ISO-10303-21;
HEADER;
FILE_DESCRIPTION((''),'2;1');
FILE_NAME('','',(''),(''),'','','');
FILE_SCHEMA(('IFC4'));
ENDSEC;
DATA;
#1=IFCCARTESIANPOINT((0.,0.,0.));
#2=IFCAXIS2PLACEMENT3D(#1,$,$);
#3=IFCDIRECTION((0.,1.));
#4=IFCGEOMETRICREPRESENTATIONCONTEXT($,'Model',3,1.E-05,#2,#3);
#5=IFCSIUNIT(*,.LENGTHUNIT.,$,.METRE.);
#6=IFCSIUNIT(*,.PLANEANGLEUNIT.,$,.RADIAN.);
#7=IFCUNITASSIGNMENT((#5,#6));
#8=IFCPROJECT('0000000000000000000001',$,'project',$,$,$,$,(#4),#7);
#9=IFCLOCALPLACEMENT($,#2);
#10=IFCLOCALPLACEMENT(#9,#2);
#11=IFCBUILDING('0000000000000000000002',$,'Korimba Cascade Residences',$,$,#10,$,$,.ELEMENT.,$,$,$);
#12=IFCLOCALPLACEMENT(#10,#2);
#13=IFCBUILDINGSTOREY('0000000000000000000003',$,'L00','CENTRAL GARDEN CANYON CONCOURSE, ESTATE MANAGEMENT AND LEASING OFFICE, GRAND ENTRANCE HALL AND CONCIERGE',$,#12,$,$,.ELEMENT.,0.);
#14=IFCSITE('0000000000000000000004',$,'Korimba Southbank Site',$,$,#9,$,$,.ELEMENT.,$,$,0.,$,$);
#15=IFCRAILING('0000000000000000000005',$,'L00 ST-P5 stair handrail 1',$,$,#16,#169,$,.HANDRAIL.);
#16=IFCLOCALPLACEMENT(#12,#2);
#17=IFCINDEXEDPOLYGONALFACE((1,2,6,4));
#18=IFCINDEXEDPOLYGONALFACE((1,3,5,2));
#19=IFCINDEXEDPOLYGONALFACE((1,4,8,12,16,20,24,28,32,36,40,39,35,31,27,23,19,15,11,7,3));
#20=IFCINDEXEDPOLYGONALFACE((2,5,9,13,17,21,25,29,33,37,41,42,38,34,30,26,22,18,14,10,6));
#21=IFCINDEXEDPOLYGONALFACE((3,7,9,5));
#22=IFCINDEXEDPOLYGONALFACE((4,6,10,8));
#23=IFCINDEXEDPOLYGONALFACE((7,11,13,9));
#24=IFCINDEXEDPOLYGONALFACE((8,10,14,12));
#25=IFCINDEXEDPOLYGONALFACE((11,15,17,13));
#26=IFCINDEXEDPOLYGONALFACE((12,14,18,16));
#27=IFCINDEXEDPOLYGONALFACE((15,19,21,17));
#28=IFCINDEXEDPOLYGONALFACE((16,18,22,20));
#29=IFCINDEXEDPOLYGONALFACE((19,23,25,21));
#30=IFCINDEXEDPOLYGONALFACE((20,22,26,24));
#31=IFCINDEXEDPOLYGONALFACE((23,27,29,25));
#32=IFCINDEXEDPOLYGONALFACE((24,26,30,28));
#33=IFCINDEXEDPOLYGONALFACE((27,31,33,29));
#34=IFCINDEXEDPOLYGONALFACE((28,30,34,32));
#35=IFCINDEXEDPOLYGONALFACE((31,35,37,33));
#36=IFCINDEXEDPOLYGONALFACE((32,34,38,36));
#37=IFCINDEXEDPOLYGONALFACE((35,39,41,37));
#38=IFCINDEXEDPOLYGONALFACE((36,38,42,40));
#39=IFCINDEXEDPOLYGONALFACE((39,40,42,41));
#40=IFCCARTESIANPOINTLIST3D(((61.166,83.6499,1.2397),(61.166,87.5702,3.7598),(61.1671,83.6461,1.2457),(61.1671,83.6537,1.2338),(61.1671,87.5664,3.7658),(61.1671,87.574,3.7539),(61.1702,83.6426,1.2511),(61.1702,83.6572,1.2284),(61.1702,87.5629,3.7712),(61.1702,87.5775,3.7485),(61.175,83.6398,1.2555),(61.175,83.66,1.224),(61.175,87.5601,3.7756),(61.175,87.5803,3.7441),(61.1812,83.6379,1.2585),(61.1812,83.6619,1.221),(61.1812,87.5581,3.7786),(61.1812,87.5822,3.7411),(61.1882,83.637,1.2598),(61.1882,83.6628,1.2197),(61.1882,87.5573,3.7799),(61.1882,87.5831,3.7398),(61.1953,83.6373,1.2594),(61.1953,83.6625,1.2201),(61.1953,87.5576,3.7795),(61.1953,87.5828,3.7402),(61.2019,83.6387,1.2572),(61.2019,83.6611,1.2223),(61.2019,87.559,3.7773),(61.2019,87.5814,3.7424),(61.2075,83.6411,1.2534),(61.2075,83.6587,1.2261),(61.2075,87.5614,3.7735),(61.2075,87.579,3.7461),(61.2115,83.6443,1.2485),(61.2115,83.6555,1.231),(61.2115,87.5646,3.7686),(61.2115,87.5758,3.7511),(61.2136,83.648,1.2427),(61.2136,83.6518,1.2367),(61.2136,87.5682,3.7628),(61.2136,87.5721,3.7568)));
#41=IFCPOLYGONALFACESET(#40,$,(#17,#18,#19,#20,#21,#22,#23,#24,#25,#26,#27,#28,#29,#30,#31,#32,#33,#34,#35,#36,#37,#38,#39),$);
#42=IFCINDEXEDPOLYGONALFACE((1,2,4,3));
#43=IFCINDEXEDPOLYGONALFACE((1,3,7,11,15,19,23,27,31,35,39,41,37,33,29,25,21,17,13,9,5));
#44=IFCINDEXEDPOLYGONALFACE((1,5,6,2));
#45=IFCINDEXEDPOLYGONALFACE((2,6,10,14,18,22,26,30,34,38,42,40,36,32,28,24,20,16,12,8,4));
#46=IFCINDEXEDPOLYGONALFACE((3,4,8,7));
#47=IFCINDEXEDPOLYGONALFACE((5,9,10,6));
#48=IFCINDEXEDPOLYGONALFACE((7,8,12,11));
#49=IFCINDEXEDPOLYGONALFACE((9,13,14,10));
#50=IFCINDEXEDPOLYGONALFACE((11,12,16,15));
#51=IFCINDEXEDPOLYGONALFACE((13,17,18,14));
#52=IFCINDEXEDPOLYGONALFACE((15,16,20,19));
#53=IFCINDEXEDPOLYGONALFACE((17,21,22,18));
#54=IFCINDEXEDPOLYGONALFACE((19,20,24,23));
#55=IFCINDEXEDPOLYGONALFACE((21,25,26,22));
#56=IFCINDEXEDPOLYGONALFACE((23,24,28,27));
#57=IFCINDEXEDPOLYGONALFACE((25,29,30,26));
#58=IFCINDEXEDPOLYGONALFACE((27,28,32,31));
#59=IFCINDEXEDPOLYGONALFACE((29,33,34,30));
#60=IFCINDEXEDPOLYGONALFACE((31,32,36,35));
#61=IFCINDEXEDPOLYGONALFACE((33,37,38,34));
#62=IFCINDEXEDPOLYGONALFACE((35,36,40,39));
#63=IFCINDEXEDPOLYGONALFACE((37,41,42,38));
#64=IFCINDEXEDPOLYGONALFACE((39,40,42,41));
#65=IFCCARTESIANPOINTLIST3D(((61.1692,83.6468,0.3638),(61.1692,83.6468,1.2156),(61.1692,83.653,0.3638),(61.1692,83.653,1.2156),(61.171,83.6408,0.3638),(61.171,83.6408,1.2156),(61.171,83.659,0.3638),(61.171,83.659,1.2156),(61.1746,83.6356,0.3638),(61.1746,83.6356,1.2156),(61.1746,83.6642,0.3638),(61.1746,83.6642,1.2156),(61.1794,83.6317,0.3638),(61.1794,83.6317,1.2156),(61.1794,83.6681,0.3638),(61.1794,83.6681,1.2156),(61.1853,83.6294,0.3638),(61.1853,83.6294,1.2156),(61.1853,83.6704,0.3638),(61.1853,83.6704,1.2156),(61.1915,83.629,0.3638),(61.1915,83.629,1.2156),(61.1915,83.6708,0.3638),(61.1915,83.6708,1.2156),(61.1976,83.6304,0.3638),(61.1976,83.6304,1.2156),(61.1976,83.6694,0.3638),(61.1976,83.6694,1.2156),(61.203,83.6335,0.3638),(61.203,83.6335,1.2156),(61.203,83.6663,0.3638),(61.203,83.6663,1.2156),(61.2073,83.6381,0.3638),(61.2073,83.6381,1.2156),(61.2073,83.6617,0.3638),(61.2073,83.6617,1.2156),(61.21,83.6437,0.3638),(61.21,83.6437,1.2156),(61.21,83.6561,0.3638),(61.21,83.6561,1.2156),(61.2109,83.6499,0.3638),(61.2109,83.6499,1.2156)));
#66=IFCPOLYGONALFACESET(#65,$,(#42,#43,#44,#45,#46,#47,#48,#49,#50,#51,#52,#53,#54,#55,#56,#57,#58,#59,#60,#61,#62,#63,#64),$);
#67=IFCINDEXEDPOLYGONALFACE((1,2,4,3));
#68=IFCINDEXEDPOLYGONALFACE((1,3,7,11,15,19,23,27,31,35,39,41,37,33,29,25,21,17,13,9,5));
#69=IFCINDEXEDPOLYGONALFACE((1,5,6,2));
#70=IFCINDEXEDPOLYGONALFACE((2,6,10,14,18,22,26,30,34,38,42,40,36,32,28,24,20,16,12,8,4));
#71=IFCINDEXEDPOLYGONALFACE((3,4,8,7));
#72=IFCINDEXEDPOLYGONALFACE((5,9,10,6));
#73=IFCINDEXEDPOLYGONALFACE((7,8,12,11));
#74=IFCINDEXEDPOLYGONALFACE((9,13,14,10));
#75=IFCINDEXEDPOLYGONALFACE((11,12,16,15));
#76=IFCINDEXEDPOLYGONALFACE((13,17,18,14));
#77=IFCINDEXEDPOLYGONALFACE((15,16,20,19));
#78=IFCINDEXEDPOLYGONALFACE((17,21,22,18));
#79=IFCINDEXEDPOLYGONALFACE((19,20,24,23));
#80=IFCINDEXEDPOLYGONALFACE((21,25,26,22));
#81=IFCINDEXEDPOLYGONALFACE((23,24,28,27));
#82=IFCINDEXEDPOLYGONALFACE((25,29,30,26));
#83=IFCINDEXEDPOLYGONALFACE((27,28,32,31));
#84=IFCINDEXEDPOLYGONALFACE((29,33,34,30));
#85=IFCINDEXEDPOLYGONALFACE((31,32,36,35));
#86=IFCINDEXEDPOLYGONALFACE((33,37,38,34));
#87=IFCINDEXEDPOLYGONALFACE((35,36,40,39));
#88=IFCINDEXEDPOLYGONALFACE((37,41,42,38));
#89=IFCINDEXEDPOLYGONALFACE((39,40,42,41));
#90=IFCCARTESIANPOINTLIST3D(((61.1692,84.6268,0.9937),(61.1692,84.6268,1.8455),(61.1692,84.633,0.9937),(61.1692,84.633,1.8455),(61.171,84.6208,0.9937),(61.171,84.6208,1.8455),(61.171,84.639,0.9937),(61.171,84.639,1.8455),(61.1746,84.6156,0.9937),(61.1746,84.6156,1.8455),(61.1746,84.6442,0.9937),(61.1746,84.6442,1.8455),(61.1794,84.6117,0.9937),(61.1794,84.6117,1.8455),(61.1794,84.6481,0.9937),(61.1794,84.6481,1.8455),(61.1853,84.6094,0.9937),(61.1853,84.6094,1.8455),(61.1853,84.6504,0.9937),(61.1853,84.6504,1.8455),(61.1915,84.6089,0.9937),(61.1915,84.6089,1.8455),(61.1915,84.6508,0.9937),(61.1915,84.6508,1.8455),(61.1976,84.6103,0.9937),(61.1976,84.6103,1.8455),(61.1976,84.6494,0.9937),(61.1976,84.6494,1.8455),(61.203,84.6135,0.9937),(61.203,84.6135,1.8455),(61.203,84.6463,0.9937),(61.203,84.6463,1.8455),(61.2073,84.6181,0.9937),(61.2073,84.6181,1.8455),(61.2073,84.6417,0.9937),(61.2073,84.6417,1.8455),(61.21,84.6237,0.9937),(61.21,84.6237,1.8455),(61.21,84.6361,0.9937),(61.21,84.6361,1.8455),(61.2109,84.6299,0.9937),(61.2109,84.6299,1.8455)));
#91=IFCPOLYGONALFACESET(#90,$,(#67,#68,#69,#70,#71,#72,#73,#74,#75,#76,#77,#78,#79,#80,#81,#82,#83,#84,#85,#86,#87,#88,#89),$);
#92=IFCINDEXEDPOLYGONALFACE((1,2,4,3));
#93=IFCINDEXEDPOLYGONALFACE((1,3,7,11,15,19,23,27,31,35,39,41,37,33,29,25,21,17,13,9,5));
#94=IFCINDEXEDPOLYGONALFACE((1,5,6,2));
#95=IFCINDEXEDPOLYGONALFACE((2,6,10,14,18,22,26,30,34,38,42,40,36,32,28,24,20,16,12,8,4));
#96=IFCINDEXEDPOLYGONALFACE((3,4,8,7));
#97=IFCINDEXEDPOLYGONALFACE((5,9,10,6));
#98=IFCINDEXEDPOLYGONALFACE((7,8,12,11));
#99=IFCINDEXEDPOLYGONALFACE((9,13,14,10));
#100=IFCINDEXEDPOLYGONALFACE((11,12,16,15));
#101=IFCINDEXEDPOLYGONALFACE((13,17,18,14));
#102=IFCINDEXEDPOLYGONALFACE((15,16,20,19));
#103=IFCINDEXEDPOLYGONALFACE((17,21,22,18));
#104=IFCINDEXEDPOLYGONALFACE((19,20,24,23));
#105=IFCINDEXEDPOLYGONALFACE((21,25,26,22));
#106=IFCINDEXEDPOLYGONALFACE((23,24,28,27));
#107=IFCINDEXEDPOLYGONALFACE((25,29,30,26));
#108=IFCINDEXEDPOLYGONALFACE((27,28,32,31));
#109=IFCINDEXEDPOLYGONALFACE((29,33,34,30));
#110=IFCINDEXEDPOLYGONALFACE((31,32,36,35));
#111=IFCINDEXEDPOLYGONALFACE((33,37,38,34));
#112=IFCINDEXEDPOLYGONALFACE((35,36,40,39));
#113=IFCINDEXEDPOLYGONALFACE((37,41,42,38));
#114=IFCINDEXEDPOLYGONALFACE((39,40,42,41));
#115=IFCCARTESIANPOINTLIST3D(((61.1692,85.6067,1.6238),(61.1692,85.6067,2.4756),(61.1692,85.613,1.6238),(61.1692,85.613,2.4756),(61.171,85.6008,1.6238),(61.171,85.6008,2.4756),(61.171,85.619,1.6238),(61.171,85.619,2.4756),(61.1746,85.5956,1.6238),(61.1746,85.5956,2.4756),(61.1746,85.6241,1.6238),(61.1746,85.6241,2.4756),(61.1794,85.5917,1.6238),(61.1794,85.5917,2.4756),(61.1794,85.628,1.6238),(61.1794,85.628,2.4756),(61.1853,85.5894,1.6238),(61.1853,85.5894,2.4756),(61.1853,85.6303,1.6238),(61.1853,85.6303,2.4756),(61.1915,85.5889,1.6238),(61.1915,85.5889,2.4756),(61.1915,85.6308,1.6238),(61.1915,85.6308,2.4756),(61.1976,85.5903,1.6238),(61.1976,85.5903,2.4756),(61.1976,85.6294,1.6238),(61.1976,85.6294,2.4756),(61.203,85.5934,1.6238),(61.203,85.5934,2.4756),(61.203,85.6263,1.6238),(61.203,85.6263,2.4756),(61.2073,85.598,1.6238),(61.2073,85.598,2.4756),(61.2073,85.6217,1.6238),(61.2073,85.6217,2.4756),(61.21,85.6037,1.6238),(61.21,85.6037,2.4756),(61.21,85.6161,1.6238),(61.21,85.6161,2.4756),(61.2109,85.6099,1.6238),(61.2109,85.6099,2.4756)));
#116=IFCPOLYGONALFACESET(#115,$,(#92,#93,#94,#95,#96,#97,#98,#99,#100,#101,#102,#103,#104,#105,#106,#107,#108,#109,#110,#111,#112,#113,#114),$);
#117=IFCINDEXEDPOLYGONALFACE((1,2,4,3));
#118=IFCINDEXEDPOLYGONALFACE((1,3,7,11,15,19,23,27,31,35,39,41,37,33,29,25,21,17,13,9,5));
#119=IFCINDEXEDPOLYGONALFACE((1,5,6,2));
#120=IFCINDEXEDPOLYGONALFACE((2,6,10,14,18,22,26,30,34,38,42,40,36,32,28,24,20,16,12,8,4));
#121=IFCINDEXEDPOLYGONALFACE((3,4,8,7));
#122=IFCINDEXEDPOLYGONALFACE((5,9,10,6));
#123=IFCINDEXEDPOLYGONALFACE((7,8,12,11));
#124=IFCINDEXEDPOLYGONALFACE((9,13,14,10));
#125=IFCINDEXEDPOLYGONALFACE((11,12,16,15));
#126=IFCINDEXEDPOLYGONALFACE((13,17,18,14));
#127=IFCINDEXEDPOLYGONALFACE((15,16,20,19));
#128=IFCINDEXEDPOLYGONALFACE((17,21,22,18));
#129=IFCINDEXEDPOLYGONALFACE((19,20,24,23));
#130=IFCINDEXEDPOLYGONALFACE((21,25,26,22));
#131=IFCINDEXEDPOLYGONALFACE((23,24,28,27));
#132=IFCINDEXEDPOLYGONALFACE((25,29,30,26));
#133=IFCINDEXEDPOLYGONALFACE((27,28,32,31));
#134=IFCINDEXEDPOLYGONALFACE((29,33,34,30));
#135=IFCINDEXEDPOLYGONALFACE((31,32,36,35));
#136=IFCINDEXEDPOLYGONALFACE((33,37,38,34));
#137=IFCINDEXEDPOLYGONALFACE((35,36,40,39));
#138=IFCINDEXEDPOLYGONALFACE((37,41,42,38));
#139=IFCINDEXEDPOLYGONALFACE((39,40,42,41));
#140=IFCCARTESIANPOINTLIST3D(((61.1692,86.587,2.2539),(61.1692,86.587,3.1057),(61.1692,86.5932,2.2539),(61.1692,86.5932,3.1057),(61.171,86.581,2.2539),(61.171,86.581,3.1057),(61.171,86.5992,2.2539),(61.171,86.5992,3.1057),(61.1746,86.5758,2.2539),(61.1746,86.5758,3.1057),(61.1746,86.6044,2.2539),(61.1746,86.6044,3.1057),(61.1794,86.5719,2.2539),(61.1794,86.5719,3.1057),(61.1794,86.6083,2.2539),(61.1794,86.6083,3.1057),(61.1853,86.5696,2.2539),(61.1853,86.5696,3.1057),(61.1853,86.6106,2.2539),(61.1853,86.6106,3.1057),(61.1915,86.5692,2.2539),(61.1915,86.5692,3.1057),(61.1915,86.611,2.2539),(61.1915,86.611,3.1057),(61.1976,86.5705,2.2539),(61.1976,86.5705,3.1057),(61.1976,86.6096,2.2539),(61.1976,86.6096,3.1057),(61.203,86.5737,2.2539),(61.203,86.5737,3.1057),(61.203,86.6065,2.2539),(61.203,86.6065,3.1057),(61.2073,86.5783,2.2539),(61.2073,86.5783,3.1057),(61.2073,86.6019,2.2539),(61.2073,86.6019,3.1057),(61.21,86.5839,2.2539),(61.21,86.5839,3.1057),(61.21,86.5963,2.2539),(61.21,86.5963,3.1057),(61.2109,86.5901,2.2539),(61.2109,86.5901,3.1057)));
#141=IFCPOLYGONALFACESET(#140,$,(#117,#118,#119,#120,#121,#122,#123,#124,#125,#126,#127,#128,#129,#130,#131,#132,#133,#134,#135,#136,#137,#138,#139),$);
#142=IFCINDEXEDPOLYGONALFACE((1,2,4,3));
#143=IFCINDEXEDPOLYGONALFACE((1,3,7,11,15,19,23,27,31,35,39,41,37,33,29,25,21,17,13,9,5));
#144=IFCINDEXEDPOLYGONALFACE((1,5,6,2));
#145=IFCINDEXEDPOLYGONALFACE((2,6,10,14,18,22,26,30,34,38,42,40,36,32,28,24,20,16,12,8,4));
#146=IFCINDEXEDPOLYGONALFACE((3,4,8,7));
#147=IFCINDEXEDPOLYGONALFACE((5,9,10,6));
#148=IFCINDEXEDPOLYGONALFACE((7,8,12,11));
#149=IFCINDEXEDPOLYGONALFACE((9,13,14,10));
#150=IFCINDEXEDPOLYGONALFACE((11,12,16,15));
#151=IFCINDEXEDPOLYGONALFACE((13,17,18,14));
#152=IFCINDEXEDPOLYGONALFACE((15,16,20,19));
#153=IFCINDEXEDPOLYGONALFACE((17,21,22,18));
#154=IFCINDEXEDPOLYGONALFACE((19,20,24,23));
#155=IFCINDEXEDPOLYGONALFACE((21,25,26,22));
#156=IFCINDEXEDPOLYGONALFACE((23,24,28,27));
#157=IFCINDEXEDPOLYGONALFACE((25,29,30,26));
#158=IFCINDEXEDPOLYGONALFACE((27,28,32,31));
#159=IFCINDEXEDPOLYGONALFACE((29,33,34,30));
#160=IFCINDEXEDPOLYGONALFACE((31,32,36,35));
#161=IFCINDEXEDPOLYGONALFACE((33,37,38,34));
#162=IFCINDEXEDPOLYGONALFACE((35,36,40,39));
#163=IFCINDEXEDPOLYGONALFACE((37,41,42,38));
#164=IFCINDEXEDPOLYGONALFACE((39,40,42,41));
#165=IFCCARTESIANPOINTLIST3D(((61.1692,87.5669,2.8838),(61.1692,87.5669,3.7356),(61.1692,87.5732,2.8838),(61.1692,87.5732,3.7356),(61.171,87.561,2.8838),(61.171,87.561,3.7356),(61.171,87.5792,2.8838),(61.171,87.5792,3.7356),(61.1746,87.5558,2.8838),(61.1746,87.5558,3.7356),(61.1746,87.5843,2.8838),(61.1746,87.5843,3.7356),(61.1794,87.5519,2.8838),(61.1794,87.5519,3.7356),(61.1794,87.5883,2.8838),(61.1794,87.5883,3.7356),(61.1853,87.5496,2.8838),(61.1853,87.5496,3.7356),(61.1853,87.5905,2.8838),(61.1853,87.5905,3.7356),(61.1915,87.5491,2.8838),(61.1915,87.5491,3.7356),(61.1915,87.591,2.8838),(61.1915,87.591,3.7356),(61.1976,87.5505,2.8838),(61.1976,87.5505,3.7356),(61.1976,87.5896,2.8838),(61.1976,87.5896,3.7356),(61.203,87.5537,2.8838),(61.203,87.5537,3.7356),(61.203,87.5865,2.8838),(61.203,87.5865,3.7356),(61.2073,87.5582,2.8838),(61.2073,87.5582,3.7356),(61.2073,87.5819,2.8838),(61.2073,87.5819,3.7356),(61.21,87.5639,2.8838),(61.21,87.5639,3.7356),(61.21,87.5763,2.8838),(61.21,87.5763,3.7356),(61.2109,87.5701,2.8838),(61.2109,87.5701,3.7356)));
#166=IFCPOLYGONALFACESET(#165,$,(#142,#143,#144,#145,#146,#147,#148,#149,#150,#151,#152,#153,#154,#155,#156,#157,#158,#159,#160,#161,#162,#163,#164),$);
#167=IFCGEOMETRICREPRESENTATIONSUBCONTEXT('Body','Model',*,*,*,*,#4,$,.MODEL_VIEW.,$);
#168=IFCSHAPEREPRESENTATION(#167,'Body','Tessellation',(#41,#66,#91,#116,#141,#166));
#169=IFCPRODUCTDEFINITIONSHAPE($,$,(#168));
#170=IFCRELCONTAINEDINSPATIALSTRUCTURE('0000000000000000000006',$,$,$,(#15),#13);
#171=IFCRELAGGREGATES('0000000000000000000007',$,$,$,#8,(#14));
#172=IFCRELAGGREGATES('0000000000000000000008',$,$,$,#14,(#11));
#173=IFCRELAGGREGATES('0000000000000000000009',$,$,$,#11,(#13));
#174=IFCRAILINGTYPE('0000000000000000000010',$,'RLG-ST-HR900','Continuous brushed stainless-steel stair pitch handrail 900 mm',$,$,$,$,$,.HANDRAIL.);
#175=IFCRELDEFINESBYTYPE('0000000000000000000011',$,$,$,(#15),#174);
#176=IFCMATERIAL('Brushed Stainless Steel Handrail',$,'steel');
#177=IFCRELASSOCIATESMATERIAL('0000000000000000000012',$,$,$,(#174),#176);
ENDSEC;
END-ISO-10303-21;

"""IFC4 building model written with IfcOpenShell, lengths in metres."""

from ifc_helpers import new_model, si_unit, direction, frame, origin, origin_2d, place, context, subcontext, project, spatial, circle, extrude, material, type_object, element, save


model = new_model("IFC4")

# Units and contexts
model_context = context("Model", 3, precision=1e-05, world=origin(), true_north=direction((0.0, 1.0)))
body_context = subcontext(model_context, "Body", "Model", "MODEL_VIEW")
ifc_project = project(units=[si_unit("LENGTHUNIT", "METRE"), si_unit("PLANEANGLEUNIT", "RADIAN")], contexts=[model_context])

# Site, building, storey
site_placement = place(None, origin())
site = spatial("IfcSite", under=ifc_project, at=site_placement, Name="Korimba Southbank Site", CompositionType="ELEMENT", RefElevation=0.0)
building_placement = place(site_placement, origin())
building = spatial("IfcBuilding", under=site, at=building_placement, Name="Korimba Cascade Residences", CompositionType="ELEMENT")
storey_placement = place(building_placement, origin())
storey = spatial("IfcBuildingStorey", under=building, at=storey_placement, Name="L00", Description="CENTRAL GARDEN CANYON CONCOURSE, ESTATE MANAGEMENT AND LEASING OFFICE, GRAND ENTRANCE HALL AND CONCIERGE", CompositionType="ELEMENT", Elevation=0.0)

# Railing
ifc_material_1 = material(Name="Brushed Stainless Steel Handrail", Category="steel")
railing_type_1 = type_object("IfcRailingType", Name="RLG-ST-HR900", Description="Continuous brushed stainless-steel stair pitch handrail 900 mm", PredefinedType="HANDRAIL", material=ifc_material_1)
railing_1_placement = place(storey_placement, frame((61.1899, 83.6499, 0.3638)))
element("IfcRailing", 1, at=railing_1_placement, inside=storey, type_object=railing_type_1, Name="L00 ST-P5 stair handrail 1", PredefinedType="HANDRAIL", context=body_context, shape_type="SweptSolid", body=[
    extrude(circle(Radius=0.0239, at=origin_2d()), frame((0.0, 0.0, 0.876), z_axis=(0.0, 0.841187, 0.540744), x_axis=(-1.0, 0.0, 0.0)), (0.0, 0.0, 1.0), 4.6604),
    extrude(circle(Radius=0.021, at=origin_2d()), origin(), (0.0, 0.0, 1.0), 0.8518),
    extrude(circle(Radius=0.021, at=origin_2d()), frame((0.0, 0.98, 0.6299)), (0.0, 0.0, 1.0), 0.8518),
    extrude(circle(Radius=0.021, at=origin_2d()), frame((0.0, 1.96, 1.26)), (0.0, 0.0, 1.0), 0.8518),
    extrude(circle(Radius=0.021, at=origin_2d()), frame((0.0, 2.9402, 1.8901)), (0.0, 0.0, 1.0), 0.8518),
    extrude(circle(Radius=0.021, at=origin_2d()), frame((0.0, 3.9202, 2.52)), (0.0, 0.0, 1.0), 0.8518),
])

save(model, "model.ifc")
